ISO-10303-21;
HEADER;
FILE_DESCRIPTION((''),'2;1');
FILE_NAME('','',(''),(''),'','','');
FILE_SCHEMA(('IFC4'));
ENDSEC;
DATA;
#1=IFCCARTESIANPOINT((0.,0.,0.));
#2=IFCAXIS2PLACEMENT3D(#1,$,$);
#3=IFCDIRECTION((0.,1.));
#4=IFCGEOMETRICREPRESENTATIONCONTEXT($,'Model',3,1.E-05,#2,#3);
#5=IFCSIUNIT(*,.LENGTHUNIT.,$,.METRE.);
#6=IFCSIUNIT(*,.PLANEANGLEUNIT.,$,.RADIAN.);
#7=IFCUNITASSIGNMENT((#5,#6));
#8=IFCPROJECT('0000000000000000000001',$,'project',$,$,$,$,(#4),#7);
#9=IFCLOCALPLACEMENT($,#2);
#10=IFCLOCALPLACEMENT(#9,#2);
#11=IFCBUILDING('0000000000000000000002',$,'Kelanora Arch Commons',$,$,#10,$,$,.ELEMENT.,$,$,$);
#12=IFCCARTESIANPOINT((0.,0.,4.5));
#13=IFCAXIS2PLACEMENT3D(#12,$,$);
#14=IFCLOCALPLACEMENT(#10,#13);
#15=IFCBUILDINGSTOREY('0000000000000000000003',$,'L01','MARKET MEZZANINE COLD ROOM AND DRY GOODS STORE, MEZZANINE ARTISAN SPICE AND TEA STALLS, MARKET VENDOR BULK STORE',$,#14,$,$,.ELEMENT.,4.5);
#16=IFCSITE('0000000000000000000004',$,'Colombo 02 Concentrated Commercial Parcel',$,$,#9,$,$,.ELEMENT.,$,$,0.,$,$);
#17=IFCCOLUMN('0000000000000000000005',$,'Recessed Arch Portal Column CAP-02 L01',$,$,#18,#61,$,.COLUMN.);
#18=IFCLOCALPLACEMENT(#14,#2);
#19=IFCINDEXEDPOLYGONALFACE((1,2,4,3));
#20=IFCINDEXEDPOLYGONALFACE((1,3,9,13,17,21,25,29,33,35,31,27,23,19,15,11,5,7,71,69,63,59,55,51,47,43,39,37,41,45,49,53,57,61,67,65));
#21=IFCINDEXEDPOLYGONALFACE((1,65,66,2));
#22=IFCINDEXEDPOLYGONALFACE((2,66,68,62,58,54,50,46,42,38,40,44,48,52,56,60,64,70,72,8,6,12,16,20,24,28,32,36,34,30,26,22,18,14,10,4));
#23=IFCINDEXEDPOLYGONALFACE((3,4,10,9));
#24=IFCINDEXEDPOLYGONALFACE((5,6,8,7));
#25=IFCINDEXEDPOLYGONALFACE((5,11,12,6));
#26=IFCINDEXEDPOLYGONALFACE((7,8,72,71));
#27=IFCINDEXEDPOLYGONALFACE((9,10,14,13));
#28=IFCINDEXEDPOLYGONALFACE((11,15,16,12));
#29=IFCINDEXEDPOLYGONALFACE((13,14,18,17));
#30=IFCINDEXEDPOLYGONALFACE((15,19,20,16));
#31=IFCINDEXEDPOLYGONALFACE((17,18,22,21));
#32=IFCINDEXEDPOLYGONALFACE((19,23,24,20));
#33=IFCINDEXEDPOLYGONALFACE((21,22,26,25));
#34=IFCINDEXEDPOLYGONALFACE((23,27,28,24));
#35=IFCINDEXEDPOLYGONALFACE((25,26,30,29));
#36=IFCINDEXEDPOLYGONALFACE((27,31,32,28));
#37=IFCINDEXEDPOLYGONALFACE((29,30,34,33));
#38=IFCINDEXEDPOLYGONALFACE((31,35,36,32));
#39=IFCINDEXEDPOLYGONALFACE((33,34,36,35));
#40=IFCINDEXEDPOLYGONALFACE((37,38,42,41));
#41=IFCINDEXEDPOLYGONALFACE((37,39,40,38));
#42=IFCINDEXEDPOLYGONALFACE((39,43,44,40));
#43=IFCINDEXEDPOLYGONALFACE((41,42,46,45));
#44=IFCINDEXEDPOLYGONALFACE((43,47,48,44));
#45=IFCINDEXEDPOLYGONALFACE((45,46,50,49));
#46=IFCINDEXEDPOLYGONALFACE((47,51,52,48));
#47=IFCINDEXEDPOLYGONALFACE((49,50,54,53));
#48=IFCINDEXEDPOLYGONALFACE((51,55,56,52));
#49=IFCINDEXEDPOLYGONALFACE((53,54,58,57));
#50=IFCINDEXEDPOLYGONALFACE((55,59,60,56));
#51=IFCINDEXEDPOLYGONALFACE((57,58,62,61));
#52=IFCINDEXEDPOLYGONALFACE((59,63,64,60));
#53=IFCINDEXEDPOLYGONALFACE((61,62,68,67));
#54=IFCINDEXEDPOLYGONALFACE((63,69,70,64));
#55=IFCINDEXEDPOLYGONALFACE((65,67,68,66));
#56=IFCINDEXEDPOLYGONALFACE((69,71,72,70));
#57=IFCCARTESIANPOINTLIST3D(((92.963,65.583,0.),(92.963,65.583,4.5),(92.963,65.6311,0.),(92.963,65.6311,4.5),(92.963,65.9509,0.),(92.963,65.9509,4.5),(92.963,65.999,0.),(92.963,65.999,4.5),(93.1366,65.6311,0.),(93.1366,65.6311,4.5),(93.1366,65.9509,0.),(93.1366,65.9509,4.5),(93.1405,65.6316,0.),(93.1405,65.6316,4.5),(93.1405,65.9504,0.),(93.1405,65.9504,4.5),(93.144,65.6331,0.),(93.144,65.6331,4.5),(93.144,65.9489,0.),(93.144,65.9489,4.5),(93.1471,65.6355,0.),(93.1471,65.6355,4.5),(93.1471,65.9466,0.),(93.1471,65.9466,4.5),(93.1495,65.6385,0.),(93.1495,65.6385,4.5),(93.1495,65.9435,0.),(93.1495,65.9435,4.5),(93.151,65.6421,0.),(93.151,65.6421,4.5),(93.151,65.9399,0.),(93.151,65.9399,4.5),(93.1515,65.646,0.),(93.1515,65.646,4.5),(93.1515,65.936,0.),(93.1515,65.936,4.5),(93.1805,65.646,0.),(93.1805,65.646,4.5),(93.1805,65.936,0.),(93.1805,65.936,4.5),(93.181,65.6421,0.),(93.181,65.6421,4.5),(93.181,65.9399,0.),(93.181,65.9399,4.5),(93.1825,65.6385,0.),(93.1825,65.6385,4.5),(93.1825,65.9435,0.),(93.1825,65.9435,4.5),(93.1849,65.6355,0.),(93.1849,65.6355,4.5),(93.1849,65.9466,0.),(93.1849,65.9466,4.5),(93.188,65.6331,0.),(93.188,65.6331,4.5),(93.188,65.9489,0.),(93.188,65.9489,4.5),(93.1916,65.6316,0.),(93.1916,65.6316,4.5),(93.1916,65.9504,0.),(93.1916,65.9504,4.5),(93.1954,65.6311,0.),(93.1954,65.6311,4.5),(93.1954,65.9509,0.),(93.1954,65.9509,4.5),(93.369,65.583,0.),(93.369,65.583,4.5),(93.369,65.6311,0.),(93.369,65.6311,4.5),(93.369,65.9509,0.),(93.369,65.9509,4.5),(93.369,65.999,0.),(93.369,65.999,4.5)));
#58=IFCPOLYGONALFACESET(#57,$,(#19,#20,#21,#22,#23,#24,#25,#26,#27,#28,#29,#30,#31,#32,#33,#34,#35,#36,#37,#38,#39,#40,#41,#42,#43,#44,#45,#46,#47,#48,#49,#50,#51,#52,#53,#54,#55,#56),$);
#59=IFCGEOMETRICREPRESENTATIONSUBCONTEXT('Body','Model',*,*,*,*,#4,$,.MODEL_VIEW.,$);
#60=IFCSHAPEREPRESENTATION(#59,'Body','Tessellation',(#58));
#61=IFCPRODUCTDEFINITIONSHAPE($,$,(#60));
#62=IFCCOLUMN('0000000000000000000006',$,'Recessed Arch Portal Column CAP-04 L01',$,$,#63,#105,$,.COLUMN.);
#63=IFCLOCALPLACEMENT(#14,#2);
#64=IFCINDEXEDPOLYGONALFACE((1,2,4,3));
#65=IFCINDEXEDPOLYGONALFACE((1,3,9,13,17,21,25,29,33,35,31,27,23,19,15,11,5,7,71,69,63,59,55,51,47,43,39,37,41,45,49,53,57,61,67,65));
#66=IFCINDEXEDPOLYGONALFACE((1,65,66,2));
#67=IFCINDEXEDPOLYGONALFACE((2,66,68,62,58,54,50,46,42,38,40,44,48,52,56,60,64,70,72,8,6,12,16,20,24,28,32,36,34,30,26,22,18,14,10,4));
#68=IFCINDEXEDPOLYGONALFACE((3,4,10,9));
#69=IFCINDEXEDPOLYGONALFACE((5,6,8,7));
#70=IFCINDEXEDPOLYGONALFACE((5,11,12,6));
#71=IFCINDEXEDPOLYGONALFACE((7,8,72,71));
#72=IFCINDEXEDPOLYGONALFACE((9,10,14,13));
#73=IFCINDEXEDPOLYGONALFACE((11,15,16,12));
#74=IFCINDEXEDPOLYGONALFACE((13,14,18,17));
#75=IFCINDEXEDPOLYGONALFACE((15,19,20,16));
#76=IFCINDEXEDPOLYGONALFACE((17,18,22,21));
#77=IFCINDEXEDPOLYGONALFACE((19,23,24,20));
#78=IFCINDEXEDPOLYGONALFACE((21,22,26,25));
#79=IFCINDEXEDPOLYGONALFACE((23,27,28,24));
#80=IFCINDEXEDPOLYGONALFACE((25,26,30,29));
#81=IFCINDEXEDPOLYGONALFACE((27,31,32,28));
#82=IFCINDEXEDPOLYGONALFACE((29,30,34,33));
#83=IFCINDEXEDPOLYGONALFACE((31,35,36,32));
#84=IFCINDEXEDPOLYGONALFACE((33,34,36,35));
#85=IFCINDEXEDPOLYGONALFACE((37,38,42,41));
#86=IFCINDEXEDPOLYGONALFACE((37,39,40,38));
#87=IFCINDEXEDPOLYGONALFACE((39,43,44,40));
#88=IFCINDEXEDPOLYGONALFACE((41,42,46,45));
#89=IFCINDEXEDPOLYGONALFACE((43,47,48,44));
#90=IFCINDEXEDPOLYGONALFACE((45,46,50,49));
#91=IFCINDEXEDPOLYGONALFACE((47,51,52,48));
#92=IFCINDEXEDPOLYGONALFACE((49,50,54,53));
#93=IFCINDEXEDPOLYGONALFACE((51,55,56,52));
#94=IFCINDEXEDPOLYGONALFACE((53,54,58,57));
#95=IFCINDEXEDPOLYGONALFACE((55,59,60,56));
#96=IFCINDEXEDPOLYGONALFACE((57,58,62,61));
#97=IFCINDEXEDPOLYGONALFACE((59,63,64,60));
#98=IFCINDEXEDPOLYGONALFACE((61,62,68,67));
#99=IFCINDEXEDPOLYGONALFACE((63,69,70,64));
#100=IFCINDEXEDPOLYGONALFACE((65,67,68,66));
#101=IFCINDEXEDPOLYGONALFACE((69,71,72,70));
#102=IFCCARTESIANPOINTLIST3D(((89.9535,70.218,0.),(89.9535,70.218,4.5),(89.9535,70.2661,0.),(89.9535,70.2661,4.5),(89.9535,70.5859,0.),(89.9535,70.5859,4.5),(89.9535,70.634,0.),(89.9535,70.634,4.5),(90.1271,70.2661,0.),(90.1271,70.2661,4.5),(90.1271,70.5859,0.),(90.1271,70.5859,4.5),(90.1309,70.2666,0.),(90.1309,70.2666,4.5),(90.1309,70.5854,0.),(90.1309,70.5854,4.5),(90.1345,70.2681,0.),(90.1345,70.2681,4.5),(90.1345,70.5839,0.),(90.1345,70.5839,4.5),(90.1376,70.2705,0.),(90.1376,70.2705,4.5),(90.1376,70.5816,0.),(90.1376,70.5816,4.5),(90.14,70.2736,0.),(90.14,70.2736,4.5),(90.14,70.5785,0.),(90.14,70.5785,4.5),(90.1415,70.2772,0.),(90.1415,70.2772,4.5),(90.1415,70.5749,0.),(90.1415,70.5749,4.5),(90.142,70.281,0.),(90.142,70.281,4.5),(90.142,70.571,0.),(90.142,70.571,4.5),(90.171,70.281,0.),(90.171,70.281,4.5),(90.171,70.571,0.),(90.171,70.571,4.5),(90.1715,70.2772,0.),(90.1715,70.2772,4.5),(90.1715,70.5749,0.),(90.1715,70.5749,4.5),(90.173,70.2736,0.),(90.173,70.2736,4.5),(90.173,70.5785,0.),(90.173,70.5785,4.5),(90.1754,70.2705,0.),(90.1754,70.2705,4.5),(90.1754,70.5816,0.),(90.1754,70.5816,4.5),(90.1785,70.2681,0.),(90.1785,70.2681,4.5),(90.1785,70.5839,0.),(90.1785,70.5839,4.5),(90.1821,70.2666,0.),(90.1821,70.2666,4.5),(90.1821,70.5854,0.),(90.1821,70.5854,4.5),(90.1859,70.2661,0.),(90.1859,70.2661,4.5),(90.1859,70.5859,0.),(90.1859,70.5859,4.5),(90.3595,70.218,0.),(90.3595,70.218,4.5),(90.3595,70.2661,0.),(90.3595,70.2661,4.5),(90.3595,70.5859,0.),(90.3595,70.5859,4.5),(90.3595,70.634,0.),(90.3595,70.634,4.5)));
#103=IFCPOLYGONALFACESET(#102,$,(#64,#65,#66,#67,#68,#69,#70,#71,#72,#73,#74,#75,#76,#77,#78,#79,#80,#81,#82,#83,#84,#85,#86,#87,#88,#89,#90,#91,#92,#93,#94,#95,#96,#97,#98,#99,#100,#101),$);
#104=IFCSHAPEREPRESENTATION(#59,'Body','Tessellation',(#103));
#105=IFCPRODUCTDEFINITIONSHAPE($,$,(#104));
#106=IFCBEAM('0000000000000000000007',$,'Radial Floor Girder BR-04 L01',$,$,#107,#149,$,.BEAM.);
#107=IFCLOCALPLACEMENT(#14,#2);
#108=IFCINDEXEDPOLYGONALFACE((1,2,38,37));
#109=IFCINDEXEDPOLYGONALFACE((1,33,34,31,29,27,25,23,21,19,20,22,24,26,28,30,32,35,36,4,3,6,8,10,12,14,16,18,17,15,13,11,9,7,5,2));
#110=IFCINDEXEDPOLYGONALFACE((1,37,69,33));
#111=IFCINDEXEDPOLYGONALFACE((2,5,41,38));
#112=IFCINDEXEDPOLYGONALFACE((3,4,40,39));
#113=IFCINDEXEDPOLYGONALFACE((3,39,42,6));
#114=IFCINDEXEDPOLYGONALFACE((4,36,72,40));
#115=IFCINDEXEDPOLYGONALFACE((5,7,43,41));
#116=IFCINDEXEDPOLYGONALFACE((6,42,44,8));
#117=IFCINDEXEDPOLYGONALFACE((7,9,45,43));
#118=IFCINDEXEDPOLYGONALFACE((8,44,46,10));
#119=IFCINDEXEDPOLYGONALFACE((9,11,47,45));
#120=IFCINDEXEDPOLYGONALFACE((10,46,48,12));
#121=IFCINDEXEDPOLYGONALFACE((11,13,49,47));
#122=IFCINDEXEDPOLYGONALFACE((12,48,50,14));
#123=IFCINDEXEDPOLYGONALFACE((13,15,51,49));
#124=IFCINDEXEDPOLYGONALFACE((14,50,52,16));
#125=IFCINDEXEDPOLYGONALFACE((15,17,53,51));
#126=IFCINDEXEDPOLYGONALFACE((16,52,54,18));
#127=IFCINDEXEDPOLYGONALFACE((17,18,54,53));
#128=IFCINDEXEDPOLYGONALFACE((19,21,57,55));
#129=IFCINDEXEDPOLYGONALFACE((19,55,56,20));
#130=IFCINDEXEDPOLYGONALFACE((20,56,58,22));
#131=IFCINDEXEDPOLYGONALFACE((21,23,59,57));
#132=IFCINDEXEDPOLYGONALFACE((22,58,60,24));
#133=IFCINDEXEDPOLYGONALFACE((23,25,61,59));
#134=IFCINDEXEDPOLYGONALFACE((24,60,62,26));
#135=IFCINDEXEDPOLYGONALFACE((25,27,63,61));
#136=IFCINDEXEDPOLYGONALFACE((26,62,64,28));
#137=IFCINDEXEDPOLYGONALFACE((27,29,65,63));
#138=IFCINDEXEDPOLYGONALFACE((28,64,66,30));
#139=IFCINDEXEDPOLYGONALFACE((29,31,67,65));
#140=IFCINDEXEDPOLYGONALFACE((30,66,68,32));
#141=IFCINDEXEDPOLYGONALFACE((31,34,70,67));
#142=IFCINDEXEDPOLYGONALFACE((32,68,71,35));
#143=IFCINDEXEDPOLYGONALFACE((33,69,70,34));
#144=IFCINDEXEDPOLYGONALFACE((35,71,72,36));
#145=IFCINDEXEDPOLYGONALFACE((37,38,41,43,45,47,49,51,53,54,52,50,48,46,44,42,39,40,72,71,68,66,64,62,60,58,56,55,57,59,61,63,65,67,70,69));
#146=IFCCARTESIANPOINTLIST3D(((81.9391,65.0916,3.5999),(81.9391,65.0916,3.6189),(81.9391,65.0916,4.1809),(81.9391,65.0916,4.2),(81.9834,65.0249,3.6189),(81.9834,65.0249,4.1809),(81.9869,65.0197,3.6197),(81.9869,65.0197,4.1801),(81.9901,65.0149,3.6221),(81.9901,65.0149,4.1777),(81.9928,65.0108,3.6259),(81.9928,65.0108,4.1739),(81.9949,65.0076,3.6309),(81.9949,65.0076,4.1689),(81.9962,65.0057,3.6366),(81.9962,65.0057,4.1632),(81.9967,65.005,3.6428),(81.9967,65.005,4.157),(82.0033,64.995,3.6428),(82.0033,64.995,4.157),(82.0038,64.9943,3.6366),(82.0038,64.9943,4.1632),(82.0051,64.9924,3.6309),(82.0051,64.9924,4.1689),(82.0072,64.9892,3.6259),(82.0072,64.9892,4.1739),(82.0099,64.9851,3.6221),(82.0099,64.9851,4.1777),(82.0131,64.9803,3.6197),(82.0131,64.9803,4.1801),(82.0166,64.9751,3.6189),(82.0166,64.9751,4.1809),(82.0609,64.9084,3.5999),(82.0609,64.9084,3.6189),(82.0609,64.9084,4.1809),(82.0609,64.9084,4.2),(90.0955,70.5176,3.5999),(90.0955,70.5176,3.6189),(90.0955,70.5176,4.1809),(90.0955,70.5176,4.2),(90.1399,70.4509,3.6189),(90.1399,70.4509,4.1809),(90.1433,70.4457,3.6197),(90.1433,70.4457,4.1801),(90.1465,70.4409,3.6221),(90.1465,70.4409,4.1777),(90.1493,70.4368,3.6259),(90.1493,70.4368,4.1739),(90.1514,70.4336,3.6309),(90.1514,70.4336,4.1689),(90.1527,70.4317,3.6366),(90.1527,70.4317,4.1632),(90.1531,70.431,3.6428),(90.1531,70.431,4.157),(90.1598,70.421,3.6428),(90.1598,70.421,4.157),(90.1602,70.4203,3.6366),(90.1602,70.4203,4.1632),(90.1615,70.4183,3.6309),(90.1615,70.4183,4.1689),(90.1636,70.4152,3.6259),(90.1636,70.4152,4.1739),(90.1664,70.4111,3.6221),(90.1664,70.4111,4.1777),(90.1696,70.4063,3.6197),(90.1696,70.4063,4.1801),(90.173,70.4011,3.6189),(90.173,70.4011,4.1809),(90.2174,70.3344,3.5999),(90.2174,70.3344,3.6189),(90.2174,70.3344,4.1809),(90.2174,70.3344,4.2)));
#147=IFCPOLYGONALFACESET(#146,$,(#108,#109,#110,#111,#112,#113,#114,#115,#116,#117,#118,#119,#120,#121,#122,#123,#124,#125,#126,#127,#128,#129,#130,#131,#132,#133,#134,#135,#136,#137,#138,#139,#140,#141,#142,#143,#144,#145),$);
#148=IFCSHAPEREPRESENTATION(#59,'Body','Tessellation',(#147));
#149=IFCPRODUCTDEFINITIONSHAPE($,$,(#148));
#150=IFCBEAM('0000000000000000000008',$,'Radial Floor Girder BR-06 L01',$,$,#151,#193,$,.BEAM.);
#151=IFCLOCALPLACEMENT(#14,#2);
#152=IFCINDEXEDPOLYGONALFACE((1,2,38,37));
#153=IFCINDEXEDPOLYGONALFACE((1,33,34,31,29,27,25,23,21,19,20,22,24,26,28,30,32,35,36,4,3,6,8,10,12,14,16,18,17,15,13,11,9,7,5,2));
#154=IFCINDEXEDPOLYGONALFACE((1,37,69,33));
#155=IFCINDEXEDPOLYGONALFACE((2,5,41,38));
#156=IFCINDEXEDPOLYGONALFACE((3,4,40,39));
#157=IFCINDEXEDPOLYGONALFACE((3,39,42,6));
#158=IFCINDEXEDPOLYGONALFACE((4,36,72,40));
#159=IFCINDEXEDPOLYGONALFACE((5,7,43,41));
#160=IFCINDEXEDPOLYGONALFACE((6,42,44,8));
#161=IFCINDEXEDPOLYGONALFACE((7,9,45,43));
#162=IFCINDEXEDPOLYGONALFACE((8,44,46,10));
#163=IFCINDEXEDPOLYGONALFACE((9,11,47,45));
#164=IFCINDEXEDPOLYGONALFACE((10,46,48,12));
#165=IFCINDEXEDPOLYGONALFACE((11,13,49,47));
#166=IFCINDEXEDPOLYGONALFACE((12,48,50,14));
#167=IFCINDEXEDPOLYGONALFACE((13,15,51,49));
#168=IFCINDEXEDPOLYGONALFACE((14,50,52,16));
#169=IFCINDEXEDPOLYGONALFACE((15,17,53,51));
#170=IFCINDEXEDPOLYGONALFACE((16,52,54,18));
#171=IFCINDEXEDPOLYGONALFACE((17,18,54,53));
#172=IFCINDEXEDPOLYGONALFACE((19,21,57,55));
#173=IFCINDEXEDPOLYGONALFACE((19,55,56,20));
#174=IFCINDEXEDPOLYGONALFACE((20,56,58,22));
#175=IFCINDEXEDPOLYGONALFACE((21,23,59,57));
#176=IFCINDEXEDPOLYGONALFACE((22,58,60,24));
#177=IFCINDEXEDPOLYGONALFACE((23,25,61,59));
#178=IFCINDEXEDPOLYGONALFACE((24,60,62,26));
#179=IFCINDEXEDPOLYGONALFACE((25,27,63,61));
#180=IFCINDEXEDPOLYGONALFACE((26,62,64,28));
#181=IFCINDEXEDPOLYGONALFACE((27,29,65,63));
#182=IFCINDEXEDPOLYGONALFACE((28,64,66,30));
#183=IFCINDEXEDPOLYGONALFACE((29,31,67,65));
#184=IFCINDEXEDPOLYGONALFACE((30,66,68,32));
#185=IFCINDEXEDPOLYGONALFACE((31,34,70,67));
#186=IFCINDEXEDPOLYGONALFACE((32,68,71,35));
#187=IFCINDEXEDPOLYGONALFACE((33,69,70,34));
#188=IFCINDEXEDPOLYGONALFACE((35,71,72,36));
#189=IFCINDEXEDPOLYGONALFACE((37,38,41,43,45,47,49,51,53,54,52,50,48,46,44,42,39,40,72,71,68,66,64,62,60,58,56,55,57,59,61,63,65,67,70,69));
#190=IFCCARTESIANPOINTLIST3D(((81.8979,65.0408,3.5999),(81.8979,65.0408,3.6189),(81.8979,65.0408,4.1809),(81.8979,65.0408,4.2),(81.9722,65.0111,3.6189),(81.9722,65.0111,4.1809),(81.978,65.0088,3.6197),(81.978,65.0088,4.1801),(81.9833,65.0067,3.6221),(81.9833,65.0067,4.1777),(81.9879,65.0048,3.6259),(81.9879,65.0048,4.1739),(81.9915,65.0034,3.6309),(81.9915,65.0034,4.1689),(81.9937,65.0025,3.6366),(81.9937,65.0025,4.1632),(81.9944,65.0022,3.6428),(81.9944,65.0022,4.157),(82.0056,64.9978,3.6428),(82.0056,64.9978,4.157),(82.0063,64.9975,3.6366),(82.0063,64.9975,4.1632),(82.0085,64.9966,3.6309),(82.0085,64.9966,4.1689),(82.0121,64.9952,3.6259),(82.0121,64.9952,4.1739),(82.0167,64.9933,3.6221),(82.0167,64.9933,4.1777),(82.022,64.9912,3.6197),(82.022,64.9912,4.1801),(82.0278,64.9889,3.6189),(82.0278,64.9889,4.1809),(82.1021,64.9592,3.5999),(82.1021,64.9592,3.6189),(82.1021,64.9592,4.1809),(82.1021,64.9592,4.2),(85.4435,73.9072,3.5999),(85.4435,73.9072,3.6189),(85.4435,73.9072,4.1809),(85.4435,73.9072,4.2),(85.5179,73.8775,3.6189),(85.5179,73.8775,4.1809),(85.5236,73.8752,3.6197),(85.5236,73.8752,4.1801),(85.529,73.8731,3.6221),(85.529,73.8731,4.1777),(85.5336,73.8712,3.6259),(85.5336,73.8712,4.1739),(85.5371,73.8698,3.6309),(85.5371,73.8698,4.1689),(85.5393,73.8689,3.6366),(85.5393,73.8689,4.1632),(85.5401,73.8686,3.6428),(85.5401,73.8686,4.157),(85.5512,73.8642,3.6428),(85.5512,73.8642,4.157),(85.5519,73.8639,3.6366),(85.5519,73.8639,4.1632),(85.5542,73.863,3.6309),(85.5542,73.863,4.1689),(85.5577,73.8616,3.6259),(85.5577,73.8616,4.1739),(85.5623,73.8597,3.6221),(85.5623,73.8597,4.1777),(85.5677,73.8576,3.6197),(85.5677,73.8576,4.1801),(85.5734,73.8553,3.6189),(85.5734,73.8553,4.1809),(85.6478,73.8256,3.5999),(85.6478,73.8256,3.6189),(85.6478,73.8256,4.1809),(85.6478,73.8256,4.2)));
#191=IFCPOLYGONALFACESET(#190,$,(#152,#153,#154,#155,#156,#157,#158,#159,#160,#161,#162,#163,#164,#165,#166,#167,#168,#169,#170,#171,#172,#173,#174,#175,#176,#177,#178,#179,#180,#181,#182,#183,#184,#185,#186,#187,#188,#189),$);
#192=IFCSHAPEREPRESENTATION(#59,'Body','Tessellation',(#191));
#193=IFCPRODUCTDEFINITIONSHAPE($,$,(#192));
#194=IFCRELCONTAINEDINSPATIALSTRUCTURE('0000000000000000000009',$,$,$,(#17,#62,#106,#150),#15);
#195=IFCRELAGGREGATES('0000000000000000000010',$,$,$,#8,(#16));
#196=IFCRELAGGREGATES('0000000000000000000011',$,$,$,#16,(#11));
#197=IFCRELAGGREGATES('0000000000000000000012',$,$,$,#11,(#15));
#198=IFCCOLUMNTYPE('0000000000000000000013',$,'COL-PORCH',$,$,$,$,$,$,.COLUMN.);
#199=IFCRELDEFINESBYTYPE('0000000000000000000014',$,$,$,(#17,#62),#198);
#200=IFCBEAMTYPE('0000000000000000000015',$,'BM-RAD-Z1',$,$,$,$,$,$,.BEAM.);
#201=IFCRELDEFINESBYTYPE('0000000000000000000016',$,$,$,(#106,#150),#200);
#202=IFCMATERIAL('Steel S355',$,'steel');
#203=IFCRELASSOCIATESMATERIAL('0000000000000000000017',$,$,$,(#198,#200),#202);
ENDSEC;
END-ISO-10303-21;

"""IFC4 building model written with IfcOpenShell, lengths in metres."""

from ifc_helpers import new_model, si_unit, direction, frame, origin, origin_2d, place, context, subcontext, project, spatial, i_section, extrude, material, material_profile, profile_set, type_object, element, save


model = new_model("IFC4")

# Units and contexts
model_context = context("Model", 3, precision=1e-05, world=origin(), true_north=direction((0.0, 1.0)))
body_context = subcontext(model_context, "Body", "Model", "MODEL_VIEW")
ifc_project = project(units=[si_unit("LENGTHUNIT", "METRE"), si_unit("PLANEANGLEUNIT", "RADIAN")], contexts=[model_context])

# Site, building, storey
site_placement = place(None, origin())
site = spatial("IfcSite", under=ifc_project, at=site_placement, Name="Colombo 02 Concentrated Commercial Parcel", CompositionType="ELEMENT", RefElevation=0.0)
building_placement = place(site_placement, origin())
building = spatial("IfcBuilding", under=site, at=building_placement, Name="Kelanora Arch Commons", CompositionType="ELEMENT")
storey_placement = place(building_placement, frame((0.0, 0.0, 4.5)))
storey = spatial("IfcBuildingStorey", under=building, at=storey_placement, Name="L01", Description="MARKET MEZZANINE COLD ROOM AND DRY GOODS STORE, MEZZANINE ARTISAN SPICE AND TEA STALLS, MARKET VENDOR BULK STORE", CompositionType="ELEMENT", Elevation=4.5)

# Columns
ifc_material_1 = material(Name="Steel S355", Category="steel")
ifc_material_profile_1 = material_profile(ifc_material_1, i_section(OverallWidth=0.406, OverallDepth=0.416, WebThickness=0.0291, FlangeThickness=0.0481, FilletRadius=0.0149, at=origin_2d()), Name="HD400x382")
ifc_profile_set_1 = profile_set([ifc_material_profile_1], Name="Steel S355")
column_type = type_object("IfcColumnType", Name="COL-PORCH", PredefinedType="COLUMN", material=ifc_profile_set_1)
for number, where, z_axis, x_axis, name in (
    (1, (93.166, 65.791, 0.0), (0.0, 0.0, 1.0), (1.0, 0.0, 0.0), "Recessed Arch Portal Column CAP-02 L01"),
    (2, (90.1565, 70.426, 0.0), (0.0, 0.0, 1.0), (1.0, 0.0, 0.0), "Recessed Arch Portal Column CAP-04 L01"),
):
    element("IfcColumn", number, at=place(storey_placement, frame(where, z_axis=z_axis, x_axis=x_axis)), inside=storey, type_object=column_type, Name=name, PredefinedType="COLUMN", context=body_context, shape_type="SweptSolid", body=[
        extrude(i_section(OverallWidth=0.406, OverallDepth=0.416, WebThickness=0.0291, FlangeThickness=0.0481, FilletRadius=0.0149, at=origin_2d()), origin(), (0.0, 0.0, 1.0), 4.5),
    ])

# Beams
ifc_material_profile_2 = material_profile(ifc_material_1, i_section(OverallWidth=0.22, OverallDepth=0.6001, WebThickness=0.012, FlangeThickness=0.019, FilletRadius=0.0239, at=origin_2d()), Name="IPE600")
ifc_profile_set_2 = profile_set([ifc_material_profile_2], Name="Steel S355")
beam_type_1 = type_object("IfcBeamType", Name="BM-RAD-Z1", PredefinedType="BEAM", material=ifc_profile_set_2)
beam_1_placement = place(storey_placement, frame((82.0, 65.0, 3.8999), z_axis=(0.832598, 0.553878, 0.0), x_axis=(-0.553878, 0.832598, 0.0)))
element("IfcBeam", 3, at=beam_1_placement, inside=storey, type_object=beam_type_1, Name="Radial Floor Girder BR-04 L01", PredefinedType="BEAM", context=body_context, shape_type="SweptSolid", body=[
    extrude(i_section(OverallWidth=0.22, OverallDepth=0.6001, WebThickness=0.012, FlangeThickness=0.019, FilletRadius=0.0239, at=origin_2d()), origin(), (0.0, 0.0, 1.0), 9.7964),
])
beam_2_placement = place(storey_placement, frame((82.0, 65.0, 3.8999), z_axis=(0.371307, 0.92851, 0.0), x_axis=(-0.92851, 0.371307, 0.0)))
element("IfcBeam", 4, at=beam_2_placement, inside=storey, type_object=beam_type_1, Name="Radial Floor Girder BR-06 L01", PredefinedType="BEAM", context=body_context, shape_type="SweptSolid", body=[
    extrude(i_section(OverallWidth=0.22, OverallDepth=0.6001, WebThickness=0.012, FlangeThickness=0.019, FilletRadius=0.0239, at=origin_2d()), origin(), (0.0, 0.0, 1.0), 9.5491),
])

save(model, "model.ifc")
